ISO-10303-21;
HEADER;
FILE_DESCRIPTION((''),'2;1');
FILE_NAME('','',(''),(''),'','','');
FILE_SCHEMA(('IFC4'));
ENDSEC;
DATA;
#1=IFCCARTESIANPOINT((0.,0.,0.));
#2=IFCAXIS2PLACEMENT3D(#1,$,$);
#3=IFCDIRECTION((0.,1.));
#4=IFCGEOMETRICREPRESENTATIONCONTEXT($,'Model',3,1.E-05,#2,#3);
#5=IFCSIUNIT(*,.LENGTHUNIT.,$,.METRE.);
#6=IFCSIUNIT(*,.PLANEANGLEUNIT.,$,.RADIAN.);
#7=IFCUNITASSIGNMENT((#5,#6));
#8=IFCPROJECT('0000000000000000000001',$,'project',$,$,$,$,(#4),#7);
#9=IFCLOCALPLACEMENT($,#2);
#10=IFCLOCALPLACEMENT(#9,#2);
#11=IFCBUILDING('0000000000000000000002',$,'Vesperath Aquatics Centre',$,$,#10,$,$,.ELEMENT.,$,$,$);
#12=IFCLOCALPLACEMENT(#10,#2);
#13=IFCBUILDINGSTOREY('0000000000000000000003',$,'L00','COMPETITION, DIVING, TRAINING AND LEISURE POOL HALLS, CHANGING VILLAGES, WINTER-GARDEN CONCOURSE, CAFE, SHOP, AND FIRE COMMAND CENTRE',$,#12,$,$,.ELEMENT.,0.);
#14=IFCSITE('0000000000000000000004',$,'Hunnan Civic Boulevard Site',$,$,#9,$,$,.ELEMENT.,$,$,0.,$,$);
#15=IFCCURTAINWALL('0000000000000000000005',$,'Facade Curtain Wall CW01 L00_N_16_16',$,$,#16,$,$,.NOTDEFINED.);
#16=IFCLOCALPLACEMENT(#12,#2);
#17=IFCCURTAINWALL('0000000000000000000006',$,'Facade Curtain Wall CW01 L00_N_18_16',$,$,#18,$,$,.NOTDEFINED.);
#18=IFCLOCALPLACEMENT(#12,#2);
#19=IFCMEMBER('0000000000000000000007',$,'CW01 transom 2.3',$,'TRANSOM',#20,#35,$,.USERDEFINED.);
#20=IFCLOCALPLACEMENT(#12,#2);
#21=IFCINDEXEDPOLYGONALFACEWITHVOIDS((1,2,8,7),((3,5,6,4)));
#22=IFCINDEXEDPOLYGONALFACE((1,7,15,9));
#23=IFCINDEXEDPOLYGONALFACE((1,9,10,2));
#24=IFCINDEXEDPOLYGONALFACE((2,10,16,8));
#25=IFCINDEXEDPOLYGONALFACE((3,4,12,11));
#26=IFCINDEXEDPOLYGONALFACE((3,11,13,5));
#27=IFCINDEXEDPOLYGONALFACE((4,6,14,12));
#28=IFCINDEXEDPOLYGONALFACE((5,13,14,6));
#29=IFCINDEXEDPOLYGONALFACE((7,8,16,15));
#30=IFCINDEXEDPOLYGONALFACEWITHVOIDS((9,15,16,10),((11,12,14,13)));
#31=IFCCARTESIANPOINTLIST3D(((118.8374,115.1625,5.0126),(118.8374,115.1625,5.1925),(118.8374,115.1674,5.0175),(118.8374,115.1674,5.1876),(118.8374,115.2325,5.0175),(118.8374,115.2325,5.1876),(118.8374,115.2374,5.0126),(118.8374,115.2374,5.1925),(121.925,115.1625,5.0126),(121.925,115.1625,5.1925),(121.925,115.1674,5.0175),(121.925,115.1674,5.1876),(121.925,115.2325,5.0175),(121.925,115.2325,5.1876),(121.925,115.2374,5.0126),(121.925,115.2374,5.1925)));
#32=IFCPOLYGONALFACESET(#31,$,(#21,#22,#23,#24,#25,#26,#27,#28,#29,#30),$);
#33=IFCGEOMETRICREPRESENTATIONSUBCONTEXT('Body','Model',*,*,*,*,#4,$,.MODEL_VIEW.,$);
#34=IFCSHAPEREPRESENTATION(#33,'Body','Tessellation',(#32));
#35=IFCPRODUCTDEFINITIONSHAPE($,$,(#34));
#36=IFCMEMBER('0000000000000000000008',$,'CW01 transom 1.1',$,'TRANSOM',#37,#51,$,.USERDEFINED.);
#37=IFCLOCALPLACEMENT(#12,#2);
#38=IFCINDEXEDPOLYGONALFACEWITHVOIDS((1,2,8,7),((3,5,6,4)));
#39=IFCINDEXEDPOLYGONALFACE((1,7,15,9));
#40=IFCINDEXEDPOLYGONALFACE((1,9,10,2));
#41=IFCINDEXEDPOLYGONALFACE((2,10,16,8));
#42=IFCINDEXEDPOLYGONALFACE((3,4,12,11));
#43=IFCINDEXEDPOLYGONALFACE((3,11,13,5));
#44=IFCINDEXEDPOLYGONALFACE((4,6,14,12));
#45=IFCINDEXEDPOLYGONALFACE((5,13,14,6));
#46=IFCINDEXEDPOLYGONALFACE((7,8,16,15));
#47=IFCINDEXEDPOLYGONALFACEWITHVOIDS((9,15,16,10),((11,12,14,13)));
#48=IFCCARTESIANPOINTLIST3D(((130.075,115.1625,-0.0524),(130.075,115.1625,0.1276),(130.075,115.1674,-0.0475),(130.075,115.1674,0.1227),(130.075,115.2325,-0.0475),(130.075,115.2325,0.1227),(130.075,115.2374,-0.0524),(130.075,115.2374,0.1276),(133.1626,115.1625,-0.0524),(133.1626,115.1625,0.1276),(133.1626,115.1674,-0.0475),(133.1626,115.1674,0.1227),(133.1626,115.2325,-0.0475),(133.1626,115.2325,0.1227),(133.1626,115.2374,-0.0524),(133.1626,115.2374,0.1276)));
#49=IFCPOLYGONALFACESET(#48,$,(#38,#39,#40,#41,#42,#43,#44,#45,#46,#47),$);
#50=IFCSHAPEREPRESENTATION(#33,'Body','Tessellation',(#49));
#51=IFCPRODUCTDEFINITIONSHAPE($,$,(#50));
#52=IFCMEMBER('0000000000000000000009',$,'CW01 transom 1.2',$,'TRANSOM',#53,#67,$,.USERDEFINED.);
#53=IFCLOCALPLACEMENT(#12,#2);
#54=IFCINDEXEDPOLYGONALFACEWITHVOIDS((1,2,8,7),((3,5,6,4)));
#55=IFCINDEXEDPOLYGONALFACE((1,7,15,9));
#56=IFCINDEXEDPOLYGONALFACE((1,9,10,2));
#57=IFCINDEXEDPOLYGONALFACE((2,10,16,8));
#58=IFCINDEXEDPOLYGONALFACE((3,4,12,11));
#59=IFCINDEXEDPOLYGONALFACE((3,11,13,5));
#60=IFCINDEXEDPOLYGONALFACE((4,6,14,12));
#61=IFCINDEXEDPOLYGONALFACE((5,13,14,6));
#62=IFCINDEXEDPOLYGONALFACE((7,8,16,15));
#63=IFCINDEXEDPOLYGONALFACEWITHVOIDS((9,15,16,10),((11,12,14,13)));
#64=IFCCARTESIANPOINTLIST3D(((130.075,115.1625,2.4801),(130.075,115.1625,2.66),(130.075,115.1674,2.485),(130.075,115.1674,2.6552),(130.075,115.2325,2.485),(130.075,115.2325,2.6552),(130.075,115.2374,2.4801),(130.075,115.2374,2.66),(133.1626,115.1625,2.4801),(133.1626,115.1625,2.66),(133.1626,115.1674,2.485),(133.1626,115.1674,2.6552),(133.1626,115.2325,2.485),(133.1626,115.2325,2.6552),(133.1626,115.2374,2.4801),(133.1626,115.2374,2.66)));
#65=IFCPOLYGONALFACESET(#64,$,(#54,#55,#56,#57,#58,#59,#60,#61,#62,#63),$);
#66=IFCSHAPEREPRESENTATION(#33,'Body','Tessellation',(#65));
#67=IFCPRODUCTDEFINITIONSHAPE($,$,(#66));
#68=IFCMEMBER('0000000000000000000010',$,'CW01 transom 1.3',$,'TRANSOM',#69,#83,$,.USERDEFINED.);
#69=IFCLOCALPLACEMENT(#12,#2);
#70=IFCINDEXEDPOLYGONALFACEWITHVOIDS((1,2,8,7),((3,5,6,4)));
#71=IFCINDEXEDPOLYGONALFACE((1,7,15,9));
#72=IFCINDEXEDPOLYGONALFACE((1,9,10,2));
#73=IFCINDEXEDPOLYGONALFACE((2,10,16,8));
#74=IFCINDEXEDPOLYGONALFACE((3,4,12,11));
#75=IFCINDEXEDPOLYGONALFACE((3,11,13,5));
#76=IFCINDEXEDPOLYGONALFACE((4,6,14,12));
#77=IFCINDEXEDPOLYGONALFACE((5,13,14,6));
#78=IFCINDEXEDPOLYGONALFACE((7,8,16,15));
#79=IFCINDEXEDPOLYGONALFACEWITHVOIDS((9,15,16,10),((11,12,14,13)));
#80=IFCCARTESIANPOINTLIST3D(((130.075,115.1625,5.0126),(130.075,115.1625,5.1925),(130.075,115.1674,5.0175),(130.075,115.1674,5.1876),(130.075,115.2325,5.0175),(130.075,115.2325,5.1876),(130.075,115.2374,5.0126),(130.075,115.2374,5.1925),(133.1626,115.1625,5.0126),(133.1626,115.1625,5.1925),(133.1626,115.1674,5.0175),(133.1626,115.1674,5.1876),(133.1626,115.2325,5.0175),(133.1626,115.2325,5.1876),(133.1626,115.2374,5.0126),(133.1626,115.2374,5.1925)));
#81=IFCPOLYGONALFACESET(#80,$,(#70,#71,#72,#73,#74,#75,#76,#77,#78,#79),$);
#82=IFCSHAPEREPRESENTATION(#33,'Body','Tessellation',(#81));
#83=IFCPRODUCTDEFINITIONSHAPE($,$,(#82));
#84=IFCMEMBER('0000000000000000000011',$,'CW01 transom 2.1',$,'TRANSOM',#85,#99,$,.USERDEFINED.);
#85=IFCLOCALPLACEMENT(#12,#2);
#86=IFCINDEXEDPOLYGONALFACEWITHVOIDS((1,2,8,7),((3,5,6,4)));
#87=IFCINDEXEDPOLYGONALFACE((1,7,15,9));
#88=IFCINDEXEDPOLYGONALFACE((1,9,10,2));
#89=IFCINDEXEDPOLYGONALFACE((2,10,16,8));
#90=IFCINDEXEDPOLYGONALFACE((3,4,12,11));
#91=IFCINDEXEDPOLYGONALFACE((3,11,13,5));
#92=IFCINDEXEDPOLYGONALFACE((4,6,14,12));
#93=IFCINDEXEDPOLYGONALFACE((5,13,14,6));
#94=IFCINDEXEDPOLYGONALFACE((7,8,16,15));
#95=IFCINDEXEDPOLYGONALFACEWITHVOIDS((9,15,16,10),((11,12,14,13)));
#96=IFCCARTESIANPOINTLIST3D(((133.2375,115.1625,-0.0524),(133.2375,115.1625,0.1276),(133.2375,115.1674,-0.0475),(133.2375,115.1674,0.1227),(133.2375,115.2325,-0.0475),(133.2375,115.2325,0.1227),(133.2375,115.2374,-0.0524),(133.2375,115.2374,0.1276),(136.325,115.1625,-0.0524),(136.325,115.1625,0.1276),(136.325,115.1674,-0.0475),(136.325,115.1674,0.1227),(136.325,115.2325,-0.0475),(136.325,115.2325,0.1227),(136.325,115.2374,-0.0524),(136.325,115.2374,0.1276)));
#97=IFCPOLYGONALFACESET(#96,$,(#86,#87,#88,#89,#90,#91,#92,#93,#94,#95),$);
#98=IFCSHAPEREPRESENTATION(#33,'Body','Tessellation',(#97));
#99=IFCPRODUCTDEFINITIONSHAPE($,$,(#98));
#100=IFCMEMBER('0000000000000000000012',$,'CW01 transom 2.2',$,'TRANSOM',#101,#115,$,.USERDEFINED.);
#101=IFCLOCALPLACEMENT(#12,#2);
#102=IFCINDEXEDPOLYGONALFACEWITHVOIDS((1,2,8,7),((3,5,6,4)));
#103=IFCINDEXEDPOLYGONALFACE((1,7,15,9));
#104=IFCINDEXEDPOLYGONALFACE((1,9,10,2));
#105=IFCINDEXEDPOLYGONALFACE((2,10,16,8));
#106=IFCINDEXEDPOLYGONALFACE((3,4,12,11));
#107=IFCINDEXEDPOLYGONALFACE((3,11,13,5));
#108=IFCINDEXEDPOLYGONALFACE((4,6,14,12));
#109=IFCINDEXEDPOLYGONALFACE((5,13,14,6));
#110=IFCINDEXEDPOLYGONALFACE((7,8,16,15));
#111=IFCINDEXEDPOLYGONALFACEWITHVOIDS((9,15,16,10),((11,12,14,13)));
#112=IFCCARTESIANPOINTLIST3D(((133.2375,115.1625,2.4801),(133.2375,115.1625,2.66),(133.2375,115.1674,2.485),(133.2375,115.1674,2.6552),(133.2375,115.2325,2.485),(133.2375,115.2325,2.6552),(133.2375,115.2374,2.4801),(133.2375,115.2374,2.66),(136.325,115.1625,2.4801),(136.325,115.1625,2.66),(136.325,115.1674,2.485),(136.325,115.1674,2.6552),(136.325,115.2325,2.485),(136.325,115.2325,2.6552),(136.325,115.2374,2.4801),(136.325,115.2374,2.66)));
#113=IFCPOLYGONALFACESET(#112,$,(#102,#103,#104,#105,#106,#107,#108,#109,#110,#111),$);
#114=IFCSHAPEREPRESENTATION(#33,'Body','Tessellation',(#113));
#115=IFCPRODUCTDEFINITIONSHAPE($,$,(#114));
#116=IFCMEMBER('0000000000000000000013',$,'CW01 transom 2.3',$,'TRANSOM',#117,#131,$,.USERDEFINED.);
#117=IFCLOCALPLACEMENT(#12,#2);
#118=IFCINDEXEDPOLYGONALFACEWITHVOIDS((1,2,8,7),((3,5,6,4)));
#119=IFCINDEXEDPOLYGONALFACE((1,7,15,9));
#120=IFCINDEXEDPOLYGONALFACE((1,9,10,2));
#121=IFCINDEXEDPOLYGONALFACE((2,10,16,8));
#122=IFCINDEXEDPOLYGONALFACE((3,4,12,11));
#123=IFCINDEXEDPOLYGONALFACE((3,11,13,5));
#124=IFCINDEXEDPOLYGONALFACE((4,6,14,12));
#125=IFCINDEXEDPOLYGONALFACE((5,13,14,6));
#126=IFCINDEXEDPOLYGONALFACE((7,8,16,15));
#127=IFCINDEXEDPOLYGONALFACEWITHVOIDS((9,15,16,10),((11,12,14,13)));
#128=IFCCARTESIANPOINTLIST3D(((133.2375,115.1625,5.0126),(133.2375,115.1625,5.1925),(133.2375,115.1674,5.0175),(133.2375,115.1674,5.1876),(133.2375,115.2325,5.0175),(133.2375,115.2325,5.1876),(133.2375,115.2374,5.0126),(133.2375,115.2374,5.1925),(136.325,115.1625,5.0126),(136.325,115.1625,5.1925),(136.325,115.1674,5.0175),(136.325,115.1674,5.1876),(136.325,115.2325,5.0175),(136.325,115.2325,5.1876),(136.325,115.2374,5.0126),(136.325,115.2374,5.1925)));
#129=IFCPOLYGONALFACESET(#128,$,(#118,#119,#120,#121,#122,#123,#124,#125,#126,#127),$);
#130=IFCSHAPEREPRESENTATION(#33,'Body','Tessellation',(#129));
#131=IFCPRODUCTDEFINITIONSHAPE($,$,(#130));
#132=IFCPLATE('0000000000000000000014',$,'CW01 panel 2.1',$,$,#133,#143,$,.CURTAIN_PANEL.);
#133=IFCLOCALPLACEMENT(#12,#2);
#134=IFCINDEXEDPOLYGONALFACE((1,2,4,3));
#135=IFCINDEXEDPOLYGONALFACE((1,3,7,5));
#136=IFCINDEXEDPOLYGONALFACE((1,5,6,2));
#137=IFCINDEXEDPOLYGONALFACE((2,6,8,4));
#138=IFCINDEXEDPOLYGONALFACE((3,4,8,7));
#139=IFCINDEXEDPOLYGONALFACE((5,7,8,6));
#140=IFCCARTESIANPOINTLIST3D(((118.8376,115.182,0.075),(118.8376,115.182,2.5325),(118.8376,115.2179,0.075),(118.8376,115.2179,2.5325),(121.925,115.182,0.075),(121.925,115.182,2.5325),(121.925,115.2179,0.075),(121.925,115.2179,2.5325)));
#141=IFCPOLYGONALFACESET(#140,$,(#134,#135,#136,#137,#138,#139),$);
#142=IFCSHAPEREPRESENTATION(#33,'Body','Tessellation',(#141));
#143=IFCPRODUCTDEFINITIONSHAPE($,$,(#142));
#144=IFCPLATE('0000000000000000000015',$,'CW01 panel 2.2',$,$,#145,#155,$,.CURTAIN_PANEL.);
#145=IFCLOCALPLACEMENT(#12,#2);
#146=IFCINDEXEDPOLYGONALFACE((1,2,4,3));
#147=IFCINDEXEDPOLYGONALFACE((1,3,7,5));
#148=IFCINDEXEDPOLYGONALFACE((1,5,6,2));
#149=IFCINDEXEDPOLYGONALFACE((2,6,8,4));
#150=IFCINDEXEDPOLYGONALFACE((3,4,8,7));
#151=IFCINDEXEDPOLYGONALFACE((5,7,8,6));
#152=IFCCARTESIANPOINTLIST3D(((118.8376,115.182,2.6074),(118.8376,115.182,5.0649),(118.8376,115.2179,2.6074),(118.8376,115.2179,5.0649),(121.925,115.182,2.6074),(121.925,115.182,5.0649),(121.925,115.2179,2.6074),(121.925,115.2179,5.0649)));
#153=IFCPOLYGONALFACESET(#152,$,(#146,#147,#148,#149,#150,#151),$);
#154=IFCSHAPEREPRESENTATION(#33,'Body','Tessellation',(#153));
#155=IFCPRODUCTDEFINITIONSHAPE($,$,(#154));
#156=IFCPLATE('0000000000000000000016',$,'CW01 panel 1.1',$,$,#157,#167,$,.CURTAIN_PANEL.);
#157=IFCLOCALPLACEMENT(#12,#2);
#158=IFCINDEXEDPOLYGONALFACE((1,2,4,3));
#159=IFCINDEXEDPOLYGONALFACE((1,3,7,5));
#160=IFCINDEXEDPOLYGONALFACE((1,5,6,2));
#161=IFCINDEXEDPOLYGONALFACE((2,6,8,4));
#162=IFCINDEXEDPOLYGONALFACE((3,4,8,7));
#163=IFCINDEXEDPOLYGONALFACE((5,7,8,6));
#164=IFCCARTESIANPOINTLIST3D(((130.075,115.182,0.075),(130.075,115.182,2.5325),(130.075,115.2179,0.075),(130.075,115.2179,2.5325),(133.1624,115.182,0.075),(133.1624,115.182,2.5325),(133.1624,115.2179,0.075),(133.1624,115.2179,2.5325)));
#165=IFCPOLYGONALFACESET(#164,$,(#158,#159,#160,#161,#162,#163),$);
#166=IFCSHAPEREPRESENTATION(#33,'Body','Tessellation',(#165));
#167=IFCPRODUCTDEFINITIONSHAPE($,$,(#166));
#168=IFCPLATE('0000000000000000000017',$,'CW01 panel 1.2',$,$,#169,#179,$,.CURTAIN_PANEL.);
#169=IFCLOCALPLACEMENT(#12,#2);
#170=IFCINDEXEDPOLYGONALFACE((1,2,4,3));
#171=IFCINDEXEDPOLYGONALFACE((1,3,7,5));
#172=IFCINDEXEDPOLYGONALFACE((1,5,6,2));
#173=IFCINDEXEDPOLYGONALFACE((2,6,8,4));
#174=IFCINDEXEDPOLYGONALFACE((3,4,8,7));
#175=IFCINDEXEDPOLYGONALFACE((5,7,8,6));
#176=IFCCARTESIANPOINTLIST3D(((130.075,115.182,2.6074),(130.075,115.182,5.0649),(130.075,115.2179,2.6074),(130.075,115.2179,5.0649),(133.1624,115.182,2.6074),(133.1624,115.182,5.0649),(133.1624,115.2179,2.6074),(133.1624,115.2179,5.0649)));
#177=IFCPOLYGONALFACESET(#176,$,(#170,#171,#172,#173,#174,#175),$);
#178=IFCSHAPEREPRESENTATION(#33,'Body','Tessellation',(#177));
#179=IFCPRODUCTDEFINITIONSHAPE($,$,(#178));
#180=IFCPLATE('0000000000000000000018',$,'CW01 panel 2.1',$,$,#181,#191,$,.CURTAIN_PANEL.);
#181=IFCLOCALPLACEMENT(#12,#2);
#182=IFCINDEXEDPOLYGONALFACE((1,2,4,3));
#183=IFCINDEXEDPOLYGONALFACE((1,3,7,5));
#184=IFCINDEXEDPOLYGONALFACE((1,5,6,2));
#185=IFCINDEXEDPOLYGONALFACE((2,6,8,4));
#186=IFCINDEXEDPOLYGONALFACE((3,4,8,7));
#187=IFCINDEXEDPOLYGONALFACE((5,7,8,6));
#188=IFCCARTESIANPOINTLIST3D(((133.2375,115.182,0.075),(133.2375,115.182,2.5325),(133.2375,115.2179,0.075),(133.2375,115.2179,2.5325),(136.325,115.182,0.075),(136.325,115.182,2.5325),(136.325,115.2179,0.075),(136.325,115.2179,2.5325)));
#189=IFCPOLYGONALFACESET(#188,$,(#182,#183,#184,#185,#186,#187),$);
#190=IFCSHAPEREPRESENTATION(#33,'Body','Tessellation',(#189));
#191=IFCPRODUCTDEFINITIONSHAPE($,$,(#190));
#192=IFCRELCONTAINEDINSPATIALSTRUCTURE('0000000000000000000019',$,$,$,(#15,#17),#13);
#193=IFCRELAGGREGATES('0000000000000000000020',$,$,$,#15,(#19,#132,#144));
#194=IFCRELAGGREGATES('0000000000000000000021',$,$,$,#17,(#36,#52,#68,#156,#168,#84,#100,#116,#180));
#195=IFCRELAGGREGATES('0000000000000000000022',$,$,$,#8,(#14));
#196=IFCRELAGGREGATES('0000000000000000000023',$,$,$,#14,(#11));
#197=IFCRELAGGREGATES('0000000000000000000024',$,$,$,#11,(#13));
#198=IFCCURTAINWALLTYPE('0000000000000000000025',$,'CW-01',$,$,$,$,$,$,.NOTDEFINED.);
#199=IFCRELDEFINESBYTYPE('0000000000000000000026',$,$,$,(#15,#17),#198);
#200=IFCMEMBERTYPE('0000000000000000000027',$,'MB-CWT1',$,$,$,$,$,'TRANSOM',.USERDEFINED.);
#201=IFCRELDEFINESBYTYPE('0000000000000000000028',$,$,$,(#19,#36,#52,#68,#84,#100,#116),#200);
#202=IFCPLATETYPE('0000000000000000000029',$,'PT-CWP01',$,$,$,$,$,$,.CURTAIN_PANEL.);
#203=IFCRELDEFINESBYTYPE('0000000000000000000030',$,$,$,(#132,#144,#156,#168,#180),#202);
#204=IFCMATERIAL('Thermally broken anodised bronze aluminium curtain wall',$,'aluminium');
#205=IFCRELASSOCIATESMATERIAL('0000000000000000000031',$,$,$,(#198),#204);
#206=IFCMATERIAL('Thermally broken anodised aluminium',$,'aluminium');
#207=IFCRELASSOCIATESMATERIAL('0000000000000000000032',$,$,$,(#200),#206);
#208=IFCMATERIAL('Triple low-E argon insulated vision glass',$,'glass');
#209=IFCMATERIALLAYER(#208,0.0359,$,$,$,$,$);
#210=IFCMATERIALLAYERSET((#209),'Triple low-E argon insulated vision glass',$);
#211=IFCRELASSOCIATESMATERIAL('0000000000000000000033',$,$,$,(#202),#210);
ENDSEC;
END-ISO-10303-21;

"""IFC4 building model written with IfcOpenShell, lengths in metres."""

from ifc_helpers import new_model, si_unit, direction, frame, origin, origin_2d, place, context, subcontext, project, spatial, rectangle, hollow_rectangle, extrude, material, layer, layer_set, material_profile, profile_set, type_object, element, aggregate, save


model = new_model("IFC4")

# Units and contexts
model_context = context("Model", 3, precision=1e-05, world=origin(), true_north=direction((0.0, 1.0)))
body_context = subcontext(model_context, "Body", "Model", "MODEL_VIEW")
ifc_project = project(units=[si_unit("LENGTHUNIT", "METRE"), si_unit("PLANEANGLEUNIT", "RADIAN")], contexts=[model_context])

# Site, building, storey
site_placement = place(None, origin())
site = spatial("IfcSite", under=ifc_project, at=site_placement, Name="Hunnan Civic Boulevard Site", CompositionType="ELEMENT", RefElevation=0.0)
building_placement = place(site_placement, origin())
building = spatial("IfcBuilding", under=site, at=building_placement, Name="Vesperath Aquatics Centre", CompositionType="ELEMENT")
storey_placement = place(building_placement, origin())
storey = spatial("IfcBuildingStorey", under=building, at=storey_placement, Name="L00", Description="COMPETITION, DIVING, TRAINING AND LEISURE POOL HALLS, CHANGING VILLAGES, WINTER-GARDEN CONCOURSE, CAFE, SHOP, AND FIRE COMMAND CENTRE", CompositionType="ELEMENT", Elevation=0.0)

# Curtain walls
ifc_material_1 = material(Name="Thermally broken anodised bronze aluminium curtain wall", Category="aluminium")
curtain_wall_type = type_object("IfcCurtainWallType", Name="CW-01", PredefinedType="NOTDEFINED", material=ifc_material_1)
curtain_wall_1_placement = place(storey_placement, origin())
curtain_wall_1 = element("IfcCurtainWall", 1, at=curtain_wall_1_placement, inside=storey, type_object=curtain_wall_type, Name="Facade Curtain Wall CW01 L00_N_16_16", PredefinedType="NOTDEFINED")
ifc_material_2 = material(Name="Thermally broken anodised aluminium", Category="aluminium")
curtain_wall_2_placement = place(storey_placement, origin())
curtain_wall_2 = element("IfcCurtainWall", 2, at=curtain_wall_2_placement, inside=storey, type_object=curtain_wall_type, Name="Facade Curtain Wall CW01 L00_N_18_16", PredefinedType="NOTDEFINED")

# Members
ifc_material_profile_1 = material_profile(ifc_material_2, hollow_rectangle(XDim=0.075, YDim=0.1799, WallThickness=0.0049, at=origin_2d()), Name="CWT 75x180x5")
ifc_profile_set_1 = profile_set([ifc_material_profile_1], Name="Thermally broken anodised aluminium")
member_type_1 = type_object("IfcMemberType", Name="MB-CWT1", ElementType="TRANSOM", PredefinedType="USERDEFINED", material=ifc_profile_set_1)
member_1_placement = place(storey_placement, frame((118.8374, 115.2, 5.1025), z_axis=(1.0, 0.0, 0.0), x_axis=(0.0, 1.0, 0.0)))
member_1 = element("IfcMember", 3, at=member_1_placement, type_object=member_type_1, Name="CW01 transom 2.3", ObjectType="TRANSOM", PredefinedType="USERDEFINED", context=body_context, shape_type="SweptSolid", body=[
    extrude(hollow_rectangle(XDim=0.075, YDim=0.1799, WallThickness=0.0049, at=origin_2d()), origin(), (0.0, 0.0, 1.0), 3.0876),
])
member_2_placement = place(storey_placement, frame((130.075, 115.2, 0.0376), z_axis=(1.0, 0.0, 0.0), x_axis=(0.0, 1.0, 0.0)))
member_2 = element("IfcMember", 4, at=member_2_placement, type_object=member_type_1, Name="CW01 transom 1.1", ObjectType="TRANSOM", PredefinedType="USERDEFINED", context=body_context, shape_type="SweptSolid", body=[
    extrude(hollow_rectangle(XDim=0.075, YDim=0.1799, WallThickness=0.0049, at=origin_2d()), origin(), (0.0, 0.0, 1.0), 3.0876),
])
member_3_placement = place(storey_placement, frame((130.075, 115.2, 2.5701), z_axis=(1.0, 0.0, 0.0), x_axis=(0.0, 1.0, 0.0)))
member_3 = element("IfcMember", 5, at=member_3_placement, type_object=member_type_1, Name="CW01 transom 1.2", ObjectType="TRANSOM", PredefinedType="USERDEFINED", context=body_context, shape_type="SweptSolid", body=[
    extrude(hollow_rectangle(XDim=0.075, YDim=0.1799, WallThickness=0.0049, at=origin_2d()), origin(), (0.0, 0.0, 1.0), 3.0876),
])
member_4_placement = place(storey_placement, frame((130.075, 115.2, 5.1025), z_axis=(1.0, 0.0, 0.0), x_axis=(0.0, 1.0, 0.0)))
member_4 = element("IfcMember", 6, at=member_4_placement, type_object=member_type_1, Name="CW01 transom 1.3", ObjectType="TRANSOM", PredefinedType="USERDEFINED", context=body_context, shape_type="SweptSolid", body=[
    extrude(hollow_rectangle(XDim=0.075, YDim=0.1799, WallThickness=0.0049, at=origin_2d()), origin(), (0.0, 0.0, 1.0), 3.0876),
])
member_5_placement = place(storey_placement, frame((133.2375, 115.2, 0.0376), z_axis=(1.0, 0.0, 0.0), x_axis=(0.0, 1.0, 0.0)))
member_5 = element("IfcMember", 7, at=member_5_placement, type_object=member_type_1, Name="CW01 transom 2.1", ObjectType="TRANSOM", PredefinedType="USERDEFINED", context=body_context, shape_type="SweptSolid", body=[
    extrude(hollow_rectangle(XDim=0.075, YDim=0.1799, WallThickness=0.0049, at=origin_2d()), origin(), (0.0, 0.0, 1.0), 3.0874),
])
member_6_placement = place(storey_placement, frame((133.2375, 115.2, 2.5701), z_axis=(1.0, 0.0, 0.0), x_axis=(0.0, 1.0, 0.0)))
member_6 = element("IfcMember", 8, at=member_6_placement, type_object=member_type_1, Name="CW01 transom 2.2", ObjectType="TRANSOM", PredefinedType="USERDEFINED", context=body_context, shape_type="SweptSolid", body=[
    extrude(hollow_rectangle(XDim=0.075, YDim=0.1799, WallThickness=0.0049, at=origin_2d()), origin(), (0.0, 0.0, 1.0), 3.0874),
])
member_7_placement = place(storey_placement, frame((133.2375, 115.2, 5.1025), z_axis=(1.0, 0.0, 0.0), x_axis=(0.0, 1.0, 0.0)))
member_7 = element("IfcMember", 9, at=member_7_placement, type_object=member_type_1, Name="CW01 transom 2.3", ObjectType="TRANSOM", PredefinedType="USERDEFINED", context=body_context, shape_type="SweptSolid", body=[
    extrude(hollow_rectangle(XDim=0.075, YDim=0.1799, WallThickness=0.0049, at=origin_2d()), origin(), (0.0, 0.0, 1.0), 3.0874),
])

# Plates
ifc_material_3 = material(Name="Triple low-E argon insulated vision glass", Category="glass")
ifc_layer_1 = layer(ifc_material_3, 0.0359)
ifc_layer_set_1 = layer_set([ifc_layer_1], Name="Triple low-E argon insulated vision glass")
plate_type = type_object("IfcPlateType", Name="PT-CWP01", PredefinedType="CURTAIN_PANEL", material=ifc_layer_set_1)
plate_1_placement = place(storey_placement, frame((120.3813, 115.2, 0.075), z_axis=(0.0, 0.0, 1.0), x_axis=(1.0, 0.0, 0.0)))
plate_1 = element("IfcPlate", 10, at=plate_1_placement, type_object=plate_type, Name="CW01 panel 2.1", PredefinedType="CURTAIN_PANEL", context=body_context, shape_type="SweptSolid", body=[
    extrude(rectangle(XDim=3.0874, YDim=0.0359, at=origin_2d()), origin(), (0.0, 0.0, 1.0), 2.4575),
])
plate_2_placement = place(storey_placement, frame((120.3813, 115.2, 2.6074), z_axis=(0.0, 0.0, 1.0), x_axis=(1.0, 0.0, 0.0)))
plate_2 = element("IfcPlate", 11, at=plate_2_placement, type_object=plate_type, Name="CW01 panel 2.2", PredefinedType="CURTAIN_PANEL", context=body_context, shape_type="SweptSolid", body=[
    extrude(rectangle(XDim=3.0874, YDim=0.0359, at=origin_2d()), origin(), (0.0, 0.0, 1.0), 2.4575),
])
aggregate(curtain_wall_1, [member_1, plate_1, plate_2])
plate_3_placement = place(storey_placement, frame((131.6187, 115.2, 0.075), z_axis=(0.0, 0.0, 1.0), x_axis=(1.0, 0.0, 0.0)))
plate_3 = element("IfcPlate", 12, at=plate_3_placement, type_object=plate_type, Name="CW01 panel 1.1", PredefinedType="CURTAIN_PANEL", context=body_context, shape_type="SweptSolid", body=[
    extrude(rectangle(XDim=3.0874, YDim=0.0359, at=origin_2d()), origin(), (0.0, 0.0, 1.0), 2.4575),
])
plate_4_placement = place(storey_placement, frame((131.6187, 115.2, 2.6074), z_axis=(0.0, 0.0, 1.0), x_axis=(1.0, 0.0, 0.0)))
plate_4 = element("IfcPlate", 13, at=plate_4_placement, type_object=plate_type, Name="CW01 panel 1.2", PredefinedType="CURTAIN_PANEL", context=body_context, shape_type="SweptSolid", body=[
    extrude(rectangle(XDim=3.0874, YDim=0.0359, at=origin_2d()), origin(), (0.0, 0.0, 1.0), 2.4575),
])
plate_5_placement = place(storey_placement, frame((134.7812, 115.2, 0.075), z_axis=(0.0, 0.0, 1.0), x_axis=(1.0, 0.0, 0.0)))
plate_5 = element("IfcPlate", 14, at=plate_5_placement, type_object=plate_type, Name="CW01 panel 2.1", PredefinedType="CURTAIN_PANEL", context=body_context, shape_type="SweptSolid", body=[
    extrude(rectangle(XDim=3.0874, YDim=0.0359, at=origin_2d()), origin(), (0.0, 0.0, 1.0), 2.4575),
])
aggregate(curtain_wall_2, [member_2, member_3, member_4, plate_3, plate_4, member_5, member_6, member_7, plate_5])

save(model, "model.ifc")
